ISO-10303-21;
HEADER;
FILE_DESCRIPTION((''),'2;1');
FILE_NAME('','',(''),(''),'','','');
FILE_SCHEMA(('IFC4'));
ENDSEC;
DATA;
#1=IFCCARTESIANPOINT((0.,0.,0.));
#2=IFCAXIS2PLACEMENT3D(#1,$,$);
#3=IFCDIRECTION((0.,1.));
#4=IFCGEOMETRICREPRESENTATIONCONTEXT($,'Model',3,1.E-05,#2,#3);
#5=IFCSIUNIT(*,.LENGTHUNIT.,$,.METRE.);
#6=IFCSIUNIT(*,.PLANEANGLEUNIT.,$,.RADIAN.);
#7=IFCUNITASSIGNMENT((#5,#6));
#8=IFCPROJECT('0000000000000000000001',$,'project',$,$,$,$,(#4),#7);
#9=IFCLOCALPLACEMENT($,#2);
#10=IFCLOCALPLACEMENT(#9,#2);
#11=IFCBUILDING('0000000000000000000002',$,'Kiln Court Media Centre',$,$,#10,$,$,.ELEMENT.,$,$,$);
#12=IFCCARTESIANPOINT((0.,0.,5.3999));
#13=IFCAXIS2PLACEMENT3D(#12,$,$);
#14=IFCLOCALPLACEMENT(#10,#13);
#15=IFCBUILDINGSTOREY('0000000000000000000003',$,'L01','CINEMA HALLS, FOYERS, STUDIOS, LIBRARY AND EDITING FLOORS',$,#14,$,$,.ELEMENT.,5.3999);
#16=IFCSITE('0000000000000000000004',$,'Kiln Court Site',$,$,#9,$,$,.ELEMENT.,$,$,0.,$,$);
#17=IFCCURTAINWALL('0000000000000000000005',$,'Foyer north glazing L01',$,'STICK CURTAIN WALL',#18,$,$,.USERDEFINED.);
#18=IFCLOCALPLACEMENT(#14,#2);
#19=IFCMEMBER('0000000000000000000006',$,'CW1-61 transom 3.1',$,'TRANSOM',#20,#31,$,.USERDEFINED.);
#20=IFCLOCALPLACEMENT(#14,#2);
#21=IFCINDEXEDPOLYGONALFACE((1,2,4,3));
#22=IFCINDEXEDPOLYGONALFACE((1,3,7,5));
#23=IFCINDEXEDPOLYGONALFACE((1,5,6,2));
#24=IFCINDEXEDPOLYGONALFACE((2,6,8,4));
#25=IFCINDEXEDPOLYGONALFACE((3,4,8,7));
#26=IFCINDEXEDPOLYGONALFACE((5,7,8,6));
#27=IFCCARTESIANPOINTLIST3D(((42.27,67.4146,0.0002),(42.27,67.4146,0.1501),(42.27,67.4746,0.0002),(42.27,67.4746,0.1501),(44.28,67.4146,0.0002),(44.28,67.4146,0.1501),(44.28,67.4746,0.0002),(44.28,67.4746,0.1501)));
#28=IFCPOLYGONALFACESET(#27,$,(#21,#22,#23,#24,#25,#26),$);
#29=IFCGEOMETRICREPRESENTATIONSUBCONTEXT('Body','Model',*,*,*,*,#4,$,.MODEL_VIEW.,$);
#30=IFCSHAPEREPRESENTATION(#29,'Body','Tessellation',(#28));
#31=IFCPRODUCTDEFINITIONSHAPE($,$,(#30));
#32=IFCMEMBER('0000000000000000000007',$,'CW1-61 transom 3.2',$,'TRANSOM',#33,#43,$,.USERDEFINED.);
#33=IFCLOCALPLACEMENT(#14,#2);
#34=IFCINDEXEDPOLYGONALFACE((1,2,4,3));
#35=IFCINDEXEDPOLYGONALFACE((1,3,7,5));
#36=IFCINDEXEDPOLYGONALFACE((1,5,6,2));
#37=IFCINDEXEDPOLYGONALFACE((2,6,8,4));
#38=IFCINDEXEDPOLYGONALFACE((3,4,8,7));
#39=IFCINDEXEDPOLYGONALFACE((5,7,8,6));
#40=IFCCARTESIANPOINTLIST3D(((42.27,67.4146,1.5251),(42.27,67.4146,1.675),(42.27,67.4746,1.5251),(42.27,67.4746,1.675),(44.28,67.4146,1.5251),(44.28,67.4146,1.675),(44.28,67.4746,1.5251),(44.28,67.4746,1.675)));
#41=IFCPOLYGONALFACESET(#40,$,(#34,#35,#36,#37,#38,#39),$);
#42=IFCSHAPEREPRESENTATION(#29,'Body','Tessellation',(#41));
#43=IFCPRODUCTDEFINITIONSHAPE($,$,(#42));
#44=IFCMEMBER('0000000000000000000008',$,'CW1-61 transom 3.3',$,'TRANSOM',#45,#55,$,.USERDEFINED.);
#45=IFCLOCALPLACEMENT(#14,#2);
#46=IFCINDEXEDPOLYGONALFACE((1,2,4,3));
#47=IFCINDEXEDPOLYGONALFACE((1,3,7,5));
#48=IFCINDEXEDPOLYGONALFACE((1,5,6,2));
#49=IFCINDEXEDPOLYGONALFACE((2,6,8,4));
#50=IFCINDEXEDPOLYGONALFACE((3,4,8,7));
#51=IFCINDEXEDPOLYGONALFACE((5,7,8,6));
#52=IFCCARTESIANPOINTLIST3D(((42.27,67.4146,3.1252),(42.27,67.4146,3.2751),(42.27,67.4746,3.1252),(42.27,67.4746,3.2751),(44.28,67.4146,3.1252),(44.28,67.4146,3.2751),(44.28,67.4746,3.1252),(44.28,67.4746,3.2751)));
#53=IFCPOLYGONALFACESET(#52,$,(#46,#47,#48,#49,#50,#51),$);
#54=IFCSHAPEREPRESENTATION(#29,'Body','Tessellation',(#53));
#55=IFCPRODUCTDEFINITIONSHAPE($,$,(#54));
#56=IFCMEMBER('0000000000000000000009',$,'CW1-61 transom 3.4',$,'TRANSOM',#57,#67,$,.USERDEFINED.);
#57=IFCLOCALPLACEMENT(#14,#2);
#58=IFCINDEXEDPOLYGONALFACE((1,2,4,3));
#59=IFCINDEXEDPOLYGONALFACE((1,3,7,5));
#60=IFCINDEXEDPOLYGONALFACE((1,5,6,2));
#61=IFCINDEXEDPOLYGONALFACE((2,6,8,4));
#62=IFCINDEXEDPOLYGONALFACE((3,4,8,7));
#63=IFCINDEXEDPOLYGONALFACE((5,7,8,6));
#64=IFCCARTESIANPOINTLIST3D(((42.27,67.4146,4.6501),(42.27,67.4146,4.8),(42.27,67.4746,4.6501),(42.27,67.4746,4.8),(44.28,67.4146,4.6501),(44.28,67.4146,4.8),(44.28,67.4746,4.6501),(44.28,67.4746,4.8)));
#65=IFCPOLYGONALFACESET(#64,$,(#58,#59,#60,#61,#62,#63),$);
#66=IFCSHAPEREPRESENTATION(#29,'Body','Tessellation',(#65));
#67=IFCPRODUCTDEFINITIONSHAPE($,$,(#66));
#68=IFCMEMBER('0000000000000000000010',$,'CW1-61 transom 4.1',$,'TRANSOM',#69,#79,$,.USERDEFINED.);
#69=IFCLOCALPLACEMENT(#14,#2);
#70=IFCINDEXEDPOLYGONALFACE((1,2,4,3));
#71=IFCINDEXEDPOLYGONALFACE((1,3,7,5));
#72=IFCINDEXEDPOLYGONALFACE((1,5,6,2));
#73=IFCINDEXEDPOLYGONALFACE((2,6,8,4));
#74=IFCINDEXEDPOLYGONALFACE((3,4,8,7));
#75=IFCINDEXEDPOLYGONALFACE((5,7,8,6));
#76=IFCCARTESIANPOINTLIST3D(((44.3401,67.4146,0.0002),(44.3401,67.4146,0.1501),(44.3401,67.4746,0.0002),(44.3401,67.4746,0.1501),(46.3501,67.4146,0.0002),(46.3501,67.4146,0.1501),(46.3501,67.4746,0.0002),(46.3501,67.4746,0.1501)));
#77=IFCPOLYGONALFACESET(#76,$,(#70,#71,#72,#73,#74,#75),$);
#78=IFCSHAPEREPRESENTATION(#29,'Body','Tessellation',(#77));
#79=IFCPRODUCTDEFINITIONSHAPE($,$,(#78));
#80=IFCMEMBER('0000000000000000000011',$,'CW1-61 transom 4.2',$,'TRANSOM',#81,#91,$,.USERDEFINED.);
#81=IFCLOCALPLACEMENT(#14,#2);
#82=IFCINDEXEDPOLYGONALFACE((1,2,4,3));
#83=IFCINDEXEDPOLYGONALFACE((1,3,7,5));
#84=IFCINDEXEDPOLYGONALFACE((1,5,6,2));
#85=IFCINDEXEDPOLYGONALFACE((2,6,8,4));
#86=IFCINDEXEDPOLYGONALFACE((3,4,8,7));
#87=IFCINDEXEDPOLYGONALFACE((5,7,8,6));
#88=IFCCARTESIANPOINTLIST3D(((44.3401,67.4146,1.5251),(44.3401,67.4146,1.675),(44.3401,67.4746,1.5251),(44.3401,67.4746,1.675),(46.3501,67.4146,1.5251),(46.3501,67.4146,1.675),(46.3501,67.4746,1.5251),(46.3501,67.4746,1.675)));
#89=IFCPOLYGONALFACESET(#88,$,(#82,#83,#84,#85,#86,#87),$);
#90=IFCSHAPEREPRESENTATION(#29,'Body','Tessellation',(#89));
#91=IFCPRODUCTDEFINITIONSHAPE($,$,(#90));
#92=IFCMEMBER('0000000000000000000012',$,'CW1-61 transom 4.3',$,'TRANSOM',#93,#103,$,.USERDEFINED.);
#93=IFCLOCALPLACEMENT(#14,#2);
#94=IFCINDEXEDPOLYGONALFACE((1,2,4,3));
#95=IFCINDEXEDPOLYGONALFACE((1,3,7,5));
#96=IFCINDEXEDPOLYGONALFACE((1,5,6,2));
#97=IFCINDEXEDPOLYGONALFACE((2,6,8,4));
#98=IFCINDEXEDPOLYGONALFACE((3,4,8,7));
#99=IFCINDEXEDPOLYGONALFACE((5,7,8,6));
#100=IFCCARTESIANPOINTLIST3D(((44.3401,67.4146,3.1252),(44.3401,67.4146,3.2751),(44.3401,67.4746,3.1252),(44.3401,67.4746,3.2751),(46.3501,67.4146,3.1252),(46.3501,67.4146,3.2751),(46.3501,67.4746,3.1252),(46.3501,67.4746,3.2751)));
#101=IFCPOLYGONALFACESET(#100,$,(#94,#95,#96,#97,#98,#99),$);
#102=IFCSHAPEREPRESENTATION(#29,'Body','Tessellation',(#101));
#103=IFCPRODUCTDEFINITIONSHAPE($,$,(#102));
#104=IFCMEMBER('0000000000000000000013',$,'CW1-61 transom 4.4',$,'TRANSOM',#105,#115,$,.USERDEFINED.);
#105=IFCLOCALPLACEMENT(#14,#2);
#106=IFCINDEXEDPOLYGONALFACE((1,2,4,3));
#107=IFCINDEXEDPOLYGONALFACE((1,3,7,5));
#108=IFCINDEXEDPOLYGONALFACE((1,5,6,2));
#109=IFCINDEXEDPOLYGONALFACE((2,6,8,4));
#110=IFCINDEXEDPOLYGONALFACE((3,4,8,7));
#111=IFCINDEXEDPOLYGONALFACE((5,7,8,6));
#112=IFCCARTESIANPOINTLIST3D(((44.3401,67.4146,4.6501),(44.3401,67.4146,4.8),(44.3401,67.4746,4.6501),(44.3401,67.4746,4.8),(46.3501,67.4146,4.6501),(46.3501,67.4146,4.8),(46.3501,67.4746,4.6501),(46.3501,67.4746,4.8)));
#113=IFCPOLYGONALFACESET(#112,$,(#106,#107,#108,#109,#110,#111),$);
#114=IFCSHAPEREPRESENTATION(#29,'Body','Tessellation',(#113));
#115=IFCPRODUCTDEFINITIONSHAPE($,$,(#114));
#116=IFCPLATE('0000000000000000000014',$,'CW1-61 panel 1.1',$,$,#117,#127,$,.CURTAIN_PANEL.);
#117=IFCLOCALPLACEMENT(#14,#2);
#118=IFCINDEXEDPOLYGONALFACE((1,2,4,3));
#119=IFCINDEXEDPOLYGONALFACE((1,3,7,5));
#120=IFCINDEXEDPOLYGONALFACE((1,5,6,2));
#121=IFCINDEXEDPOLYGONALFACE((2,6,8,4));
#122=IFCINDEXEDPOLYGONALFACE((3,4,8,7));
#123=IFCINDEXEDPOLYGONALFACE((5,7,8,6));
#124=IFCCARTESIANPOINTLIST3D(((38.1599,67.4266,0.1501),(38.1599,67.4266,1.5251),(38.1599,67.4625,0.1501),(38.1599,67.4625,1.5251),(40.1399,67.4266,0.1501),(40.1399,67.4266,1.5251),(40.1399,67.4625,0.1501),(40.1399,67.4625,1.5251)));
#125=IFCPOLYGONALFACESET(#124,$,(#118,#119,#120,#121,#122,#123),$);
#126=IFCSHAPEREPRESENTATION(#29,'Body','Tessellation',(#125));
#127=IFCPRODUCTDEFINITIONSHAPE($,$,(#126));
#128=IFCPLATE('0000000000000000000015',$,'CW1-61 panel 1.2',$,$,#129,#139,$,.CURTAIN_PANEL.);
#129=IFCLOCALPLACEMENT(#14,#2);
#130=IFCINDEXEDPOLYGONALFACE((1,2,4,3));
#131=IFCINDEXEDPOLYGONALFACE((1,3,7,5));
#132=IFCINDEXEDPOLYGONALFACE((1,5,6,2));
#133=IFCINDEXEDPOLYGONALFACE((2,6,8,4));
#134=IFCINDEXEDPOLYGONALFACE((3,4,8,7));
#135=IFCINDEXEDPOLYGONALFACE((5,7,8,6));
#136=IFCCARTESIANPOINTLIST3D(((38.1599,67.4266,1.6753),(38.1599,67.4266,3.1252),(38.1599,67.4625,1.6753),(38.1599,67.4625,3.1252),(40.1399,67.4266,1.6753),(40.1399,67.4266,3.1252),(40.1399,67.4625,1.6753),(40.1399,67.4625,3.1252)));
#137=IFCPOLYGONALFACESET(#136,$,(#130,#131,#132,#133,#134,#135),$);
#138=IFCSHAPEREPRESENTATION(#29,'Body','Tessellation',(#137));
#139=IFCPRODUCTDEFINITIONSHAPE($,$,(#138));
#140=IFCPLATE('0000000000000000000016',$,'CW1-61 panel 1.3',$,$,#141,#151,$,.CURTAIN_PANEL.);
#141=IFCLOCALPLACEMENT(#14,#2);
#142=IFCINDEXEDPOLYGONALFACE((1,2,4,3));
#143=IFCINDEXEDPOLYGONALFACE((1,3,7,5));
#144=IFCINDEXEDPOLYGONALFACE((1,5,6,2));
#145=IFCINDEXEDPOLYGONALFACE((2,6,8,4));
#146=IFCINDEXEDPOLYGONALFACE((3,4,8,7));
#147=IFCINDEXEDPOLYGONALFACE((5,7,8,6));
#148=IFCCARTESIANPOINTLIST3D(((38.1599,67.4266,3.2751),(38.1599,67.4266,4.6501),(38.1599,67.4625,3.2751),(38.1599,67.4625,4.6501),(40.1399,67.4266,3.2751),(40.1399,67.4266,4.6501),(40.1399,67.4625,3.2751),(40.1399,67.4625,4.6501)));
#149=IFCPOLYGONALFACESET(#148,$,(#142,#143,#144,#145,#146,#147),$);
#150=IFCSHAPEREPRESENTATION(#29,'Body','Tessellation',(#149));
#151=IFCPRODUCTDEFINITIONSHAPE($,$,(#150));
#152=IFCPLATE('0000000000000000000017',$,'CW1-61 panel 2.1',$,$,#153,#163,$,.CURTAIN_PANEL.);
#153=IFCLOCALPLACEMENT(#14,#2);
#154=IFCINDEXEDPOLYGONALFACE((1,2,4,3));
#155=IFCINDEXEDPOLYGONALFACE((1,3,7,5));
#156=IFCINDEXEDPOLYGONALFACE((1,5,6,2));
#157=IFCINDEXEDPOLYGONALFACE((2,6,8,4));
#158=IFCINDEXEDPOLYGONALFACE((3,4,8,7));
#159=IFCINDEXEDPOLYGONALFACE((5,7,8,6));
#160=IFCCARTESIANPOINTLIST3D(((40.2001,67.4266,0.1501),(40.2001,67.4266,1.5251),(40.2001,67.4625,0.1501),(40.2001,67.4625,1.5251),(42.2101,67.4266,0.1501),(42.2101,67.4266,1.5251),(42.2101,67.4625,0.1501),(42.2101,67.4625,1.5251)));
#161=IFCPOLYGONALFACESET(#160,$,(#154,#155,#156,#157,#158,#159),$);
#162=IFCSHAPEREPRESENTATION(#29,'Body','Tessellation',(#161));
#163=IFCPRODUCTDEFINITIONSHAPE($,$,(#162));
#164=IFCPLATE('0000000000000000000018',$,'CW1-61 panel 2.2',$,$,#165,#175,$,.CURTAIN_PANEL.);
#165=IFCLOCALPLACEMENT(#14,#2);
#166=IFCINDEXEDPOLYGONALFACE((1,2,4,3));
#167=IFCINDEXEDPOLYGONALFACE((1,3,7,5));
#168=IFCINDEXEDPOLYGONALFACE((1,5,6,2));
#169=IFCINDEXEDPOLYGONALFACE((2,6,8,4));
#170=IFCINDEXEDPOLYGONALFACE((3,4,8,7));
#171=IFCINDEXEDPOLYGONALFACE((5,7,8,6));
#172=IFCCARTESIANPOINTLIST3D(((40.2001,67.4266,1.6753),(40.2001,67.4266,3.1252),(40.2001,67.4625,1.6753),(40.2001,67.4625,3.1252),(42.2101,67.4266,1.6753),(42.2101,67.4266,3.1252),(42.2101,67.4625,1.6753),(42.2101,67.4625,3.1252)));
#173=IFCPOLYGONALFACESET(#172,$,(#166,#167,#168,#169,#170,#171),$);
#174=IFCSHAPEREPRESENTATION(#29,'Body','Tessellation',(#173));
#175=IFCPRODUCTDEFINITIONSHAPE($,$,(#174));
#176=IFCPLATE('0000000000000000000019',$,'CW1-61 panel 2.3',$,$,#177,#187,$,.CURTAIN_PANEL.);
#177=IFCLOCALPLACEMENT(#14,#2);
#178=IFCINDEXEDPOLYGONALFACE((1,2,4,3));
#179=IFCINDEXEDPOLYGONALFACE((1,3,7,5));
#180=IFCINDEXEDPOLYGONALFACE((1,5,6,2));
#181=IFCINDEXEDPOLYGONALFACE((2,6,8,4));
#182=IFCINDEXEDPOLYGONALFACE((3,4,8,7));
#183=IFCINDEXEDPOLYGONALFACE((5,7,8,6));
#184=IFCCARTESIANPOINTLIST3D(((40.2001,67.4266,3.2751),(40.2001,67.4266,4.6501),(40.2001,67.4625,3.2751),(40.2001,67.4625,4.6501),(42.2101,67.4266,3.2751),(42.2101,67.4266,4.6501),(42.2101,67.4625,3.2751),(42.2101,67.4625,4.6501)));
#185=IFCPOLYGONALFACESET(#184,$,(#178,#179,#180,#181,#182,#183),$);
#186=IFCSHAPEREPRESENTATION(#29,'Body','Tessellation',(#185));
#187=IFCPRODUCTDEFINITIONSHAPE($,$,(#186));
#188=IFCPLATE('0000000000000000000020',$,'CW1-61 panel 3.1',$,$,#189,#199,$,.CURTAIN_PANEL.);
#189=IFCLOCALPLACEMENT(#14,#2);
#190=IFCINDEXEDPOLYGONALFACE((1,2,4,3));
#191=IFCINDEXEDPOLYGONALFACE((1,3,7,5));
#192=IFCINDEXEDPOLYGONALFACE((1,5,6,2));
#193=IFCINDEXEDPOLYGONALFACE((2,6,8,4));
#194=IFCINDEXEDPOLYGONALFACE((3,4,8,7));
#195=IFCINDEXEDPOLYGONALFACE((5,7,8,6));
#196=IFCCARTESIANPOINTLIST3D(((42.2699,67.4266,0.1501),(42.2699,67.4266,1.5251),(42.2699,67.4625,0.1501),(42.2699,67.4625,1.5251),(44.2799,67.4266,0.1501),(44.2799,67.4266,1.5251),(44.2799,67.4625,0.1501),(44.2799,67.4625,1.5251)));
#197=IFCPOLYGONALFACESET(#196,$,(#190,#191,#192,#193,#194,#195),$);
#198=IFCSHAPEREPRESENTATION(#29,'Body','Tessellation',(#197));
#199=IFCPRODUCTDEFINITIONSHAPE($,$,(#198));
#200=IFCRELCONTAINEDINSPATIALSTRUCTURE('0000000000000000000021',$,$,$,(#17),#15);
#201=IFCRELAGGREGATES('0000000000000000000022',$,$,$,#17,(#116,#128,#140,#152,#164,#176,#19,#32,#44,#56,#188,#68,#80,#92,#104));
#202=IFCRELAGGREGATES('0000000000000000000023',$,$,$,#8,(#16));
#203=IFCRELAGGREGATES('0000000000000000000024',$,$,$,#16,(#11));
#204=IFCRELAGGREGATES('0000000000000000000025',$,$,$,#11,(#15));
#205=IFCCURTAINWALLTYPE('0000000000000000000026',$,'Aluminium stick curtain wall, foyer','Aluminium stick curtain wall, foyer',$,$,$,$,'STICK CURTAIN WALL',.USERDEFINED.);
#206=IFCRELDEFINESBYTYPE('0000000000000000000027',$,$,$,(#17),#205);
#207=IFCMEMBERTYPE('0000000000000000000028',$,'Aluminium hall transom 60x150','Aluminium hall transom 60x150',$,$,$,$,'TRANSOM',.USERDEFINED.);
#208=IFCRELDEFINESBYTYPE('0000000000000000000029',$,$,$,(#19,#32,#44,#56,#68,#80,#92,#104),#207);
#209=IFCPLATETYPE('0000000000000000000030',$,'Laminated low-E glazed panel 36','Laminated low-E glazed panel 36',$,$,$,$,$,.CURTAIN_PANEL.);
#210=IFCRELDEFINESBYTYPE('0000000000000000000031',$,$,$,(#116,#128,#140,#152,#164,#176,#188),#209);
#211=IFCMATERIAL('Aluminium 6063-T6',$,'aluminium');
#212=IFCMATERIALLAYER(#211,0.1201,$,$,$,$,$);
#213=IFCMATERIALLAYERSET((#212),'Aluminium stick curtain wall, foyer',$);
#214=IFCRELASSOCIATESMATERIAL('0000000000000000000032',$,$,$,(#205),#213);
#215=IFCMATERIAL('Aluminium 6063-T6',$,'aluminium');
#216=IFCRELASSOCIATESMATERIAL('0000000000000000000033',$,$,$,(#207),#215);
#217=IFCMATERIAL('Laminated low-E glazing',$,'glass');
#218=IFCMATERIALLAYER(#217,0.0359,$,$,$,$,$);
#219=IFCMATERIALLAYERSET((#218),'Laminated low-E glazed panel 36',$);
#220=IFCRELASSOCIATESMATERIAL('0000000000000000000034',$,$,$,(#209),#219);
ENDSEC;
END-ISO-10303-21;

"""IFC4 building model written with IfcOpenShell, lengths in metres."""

from ifc_helpers import new_model, si_unit, direction, frame, origin, origin_2d, place, context, subcontext, project, spatial, rectangle, extrude, material, layer, layer_set, material_profile, profile_set, type_object, element, aggregate, save


model = new_model("IFC4")

# Units and contexts
model_context = context("Model", 3, precision=1e-05, world=origin(), true_north=direction((0.0, 1.0)))
body_context = subcontext(model_context, "Body", "Model", "MODEL_VIEW")
ifc_project = project(units=[si_unit("LENGTHUNIT", "METRE"), si_unit("PLANEANGLEUNIT", "RADIAN")], contexts=[model_context])

# Site, building, storey
site_placement = place(None, origin())
site = spatial("IfcSite", under=ifc_project, at=site_placement, Name="Kiln Court Site", CompositionType="ELEMENT", RefElevation=0.0)
building_placement = place(site_placement, origin())
building = spatial("IfcBuilding", under=site, at=building_placement, Name="Kiln Court Media Centre", CompositionType="ELEMENT")
storey_placement = place(building_placement, frame((0.0, 0.0, 5.3999)))
storey = spatial("IfcBuildingStorey", under=building, at=storey_placement, Name="L01", Description="CINEMA HALLS, FOYERS, STUDIOS, LIBRARY AND EDITING FLOORS", CompositionType="ELEMENT", Elevation=5.3999)

# Shared definitions
ifc_material_1 = material(Name="Aluminium 6063-T6", Category="aluminium")
ifc_layer_1 = layer(ifc_material_1, 0.1201)
ifc_layer_set_1 = layer_set([ifc_layer_1], Name="Aluminium stick curtain wall, foyer")
curtain_wall_type = type_object("IfcCurtainWallType", Name="Aluminium stick curtain wall, foyer", Description="Aluminium stick curtain wall, foyer", ElementType="STICK CURTAIN WALL", PredefinedType="USERDEFINED", material=ifc_layer_set_1)

# Curtain wall, members, plates
curtain_wall_1_placement = place(storey_placement, origin())
curtain_wall_1 = element("IfcCurtainWall", 1, at=curtain_wall_1_placement, inside=storey, type_object=curtain_wall_type, Name="Foyer north glazing L01", ObjectType="STICK CURTAIN WALL", PredefinedType="USERDEFINED")
ifc_material_2 = material(Name="Aluminium 6063-T6", Category="aluminium")
ifc_material_profile_1 = material_profile(ifc_material_2, rectangle(XDim=0.0601, YDim=0.1499, at=origin_2d()), Name="Aluminium hall transom 60x150")
ifc_profile_set_1 = profile_set([ifc_material_profile_1], Name="Aluminium 6063-T6")
member_type_1 = type_object("IfcMemberType", Name="Aluminium hall transom 60x150", Description="Aluminium hall transom 60x150", ElementType="TRANSOM", PredefinedType="USERDEFINED", material=ifc_profile_set_1)
member_1_placement = place(storey_placement, frame((42.27, 67.4446, 0.0752), z_axis=(1.0, 0.0, 0.0), x_axis=(0.0, 1.0, 0.0)))
member_1 = element("IfcMember", 2, at=member_1_placement, type_object=member_type_1, Name="CW1-61 transom 3.1", ObjectType="TRANSOM", PredefinedType="USERDEFINED", context=body_context, shape_type="SweptSolid", body=[
    extrude(rectangle(XDim=0.0601, YDim=0.1499, at=origin_2d()), origin(), (0.0, 0.0, 1.0), 2.01),
])
member_2_placement = place(storey_placement, frame((42.27, 67.4446, 1.6001), z_axis=(1.0, 0.0, 0.0), x_axis=(0.0, 1.0, 0.0)))
member_2 = element("IfcMember", 3, at=member_2_placement, type_object=member_type_1, Name="CW1-61 transom 3.2", ObjectType="TRANSOM", PredefinedType="USERDEFINED", context=body_context, shape_type="SweptSolid", body=[
    extrude(rectangle(XDim=0.0601, YDim=0.1499, at=origin_2d()), origin(), (0.0, 0.0, 1.0), 2.01),
])
member_3_placement = place(storey_placement, frame((42.27, 67.4446, 3.2002), z_axis=(1.0, 0.0, 0.0), x_axis=(0.0, 1.0, 0.0)))
member_3 = element("IfcMember", 4, at=member_3_placement, type_object=member_type_1, Name="CW1-61 transom 3.3", ObjectType="TRANSOM", PredefinedType="USERDEFINED", context=body_context, shape_type="SweptSolid", body=[
    extrude(rectangle(XDim=0.0601, YDim=0.1499, at=origin_2d()), origin(), (0.0, 0.0, 1.0), 2.01),
])
member_4_placement = place(storey_placement, frame((42.27, 67.4446, 4.7251), z_axis=(1.0, 0.0, 0.0), x_axis=(0.0, 1.0, 0.0)))
member_4 = element("IfcMember", 5, at=member_4_placement, type_object=member_type_1, Name="CW1-61 transom 3.4", ObjectType="TRANSOM", PredefinedType="USERDEFINED", context=body_context, shape_type="SweptSolid", body=[
    extrude(rectangle(XDim=0.0601, YDim=0.1499, at=origin_2d()), origin(), (0.0, 0.0, 1.0), 2.01),
])
member_5_placement = place(storey_placement, frame((44.3401, 67.4446, 0.0752), z_axis=(1.0, 0.0, 0.0), x_axis=(0.0, 1.0, 0.0)))
member_5 = element("IfcMember", 6, at=member_5_placement, type_object=member_type_1, Name="CW1-61 transom 4.1", ObjectType="TRANSOM", PredefinedType="USERDEFINED", context=body_context, shape_type="SweptSolid", body=[
    extrude(rectangle(XDim=0.0601, YDim=0.1499, at=origin_2d()), origin(), (0.0, 0.0, 1.0), 2.01),
])
member_6_placement = place(storey_placement, frame((44.3401, 67.4446, 1.6001), z_axis=(1.0, 0.0, 0.0), x_axis=(0.0, 1.0, 0.0)))
member_6 = element("IfcMember", 7, at=member_6_placement, type_object=member_type_1, Name="CW1-61 transom 4.2", ObjectType="TRANSOM", PredefinedType="USERDEFINED", context=body_context, shape_type="SweptSolid", body=[
    extrude(rectangle(XDim=0.0601, YDim=0.1499, at=origin_2d()), origin(), (0.0, 0.0, 1.0), 2.01),
])
member_7_placement = place(storey_placement, frame((44.3401, 67.4446, 3.2002), z_axis=(1.0, 0.0, 0.0), x_axis=(0.0, 1.0, 0.0)))
member_7 = element("IfcMember", 8, at=member_7_placement, type_object=member_type_1, Name="CW1-61 transom 4.3", ObjectType="TRANSOM", PredefinedType="USERDEFINED", context=body_context, shape_type="SweptSolid", body=[
    extrude(rectangle(XDim=0.0601, YDim=0.1499, at=origin_2d()), origin(), (0.0, 0.0, 1.0), 2.01),
])
member_8_placement = place(storey_placement, frame((44.3401, 67.4446, 4.7251), z_axis=(1.0, 0.0, 0.0), x_axis=(0.0, 1.0, 0.0)))
member_8 = element("IfcMember", 9, at=member_8_placement, type_object=member_type_1, Name="CW1-61 transom 4.4", ObjectType="TRANSOM", PredefinedType="USERDEFINED", context=body_context, shape_type="SweptSolid", body=[
    extrude(rectangle(XDim=0.0601, YDim=0.1499, at=origin_2d()), origin(), (0.0, 0.0, 1.0), 2.01),
])
ifc_material_3 = material(Name="Laminated low-E glazing", Category="glass")
ifc_layer_2 = layer(ifc_material_3, 0.0359)
ifc_layer_set_2 = layer_set([ifc_layer_2], Name="Laminated low-E glazed panel 36")
plate_type = type_object("IfcPlateType", Name="Laminated low-E glazed panel 36", Description="Laminated low-E glazed panel 36", PredefinedType="CURTAIN_PANEL", material=ifc_layer_set_2)
plate_1_placement = place(storey_placement, frame((39.1499, 67.4446, 0.1501), z_axis=(0.0, 0.0, 1.0), x_axis=(1.0, 0.0, 0.0)))
plate_1 = element("IfcPlate", 10, at=plate_1_placement, type_object=plate_type, Name="CW1-61 panel 1.1", PredefinedType="CURTAIN_PANEL", context=body_context, shape_type="SweptSolid", body=[
    extrude(rectangle(XDim=1.98, YDim=0.0359, at=origin_2d()), origin(), (0.0, 0.0, 1.0), 1.375),
])
plate_2_placement = place(storey_placement, frame((39.1499, 67.4446, 1.6753), z_axis=(0.0, 0.0, 1.0), x_axis=(1.0, 0.0, 0.0)))
plate_2 = element("IfcPlate", 11, at=plate_2_placement, type_object=plate_type, Name="CW1-61 panel 1.2", PredefinedType="CURTAIN_PANEL", context=body_context, shape_type="SweptSolid", body=[
    extrude(rectangle(XDim=1.98, YDim=0.0359, at=origin_2d()), origin(), (0.0, 0.0, 1.0), 1.45),
])
plate_3_placement = place(storey_placement, frame((39.1499, 67.4446, 3.2751), z_axis=(0.0, 0.0, 1.0), x_axis=(1.0, 0.0, 0.0)))
plate_3 = element("IfcPlate", 12, at=plate_3_placement, type_object=plate_type, Name="CW1-61 panel 1.3", PredefinedType="CURTAIN_PANEL", context=body_context, shape_type="SweptSolid", body=[
    extrude(rectangle(XDim=1.98, YDim=0.0359, at=origin_2d()), origin(), (0.0, 0.0, 1.0), 1.375),
])
plate_4_placement = place(storey_placement, frame((41.2051, 67.4446, 0.1501), z_axis=(0.0, 0.0, 1.0), x_axis=(1.0, 0.0, 0.0)))
plate_4 = element("IfcPlate", 13, at=plate_4_placement, type_object=plate_type, Name="CW1-61 panel 2.1", PredefinedType="CURTAIN_PANEL", context=body_context, shape_type="SweptSolid", body=[
    extrude(rectangle(XDim=2.01, YDim=0.0359, at=origin_2d()), origin(), (0.0, 0.0, 1.0), 1.375),
])
plate_5_placement = place(storey_placement, frame((41.2051, 67.4446, 1.6753), z_axis=(0.0, 0.0, 1.0), x_axis=(1.0, 0.0, 0.0)))
plate_5 = element("IfcPlate", 14, at=plate_5_placement, type_object=plate_type, Name="CW1-61 panel 2.2", PredefinedType="CURTAIN_PANEL", context=body_context, shape_type="SweptSolid", body=[
    extrude(rectangle(XDim=2.01, YDim=0.0359, at=origin_2d()), origin(), (0.0, 0.0, 1.0), 1.45),
])
plate_6_placement = place(storey_placement, frame((41.2051, 67.4446, 3.2751), z_axis=(0.0, 0.0, 1.0), x_axis=(1.0, 0.0, 0.0)))
plate_6 = element("IfcPlate", 15, at=plate_6_placement, type_object=plate_type, Name="CW1-61 panel 2.3", PredefinedType="CURTAIN_PANEL", context=body_context, shape_type="SweptSolid", body=[
    extrude(rectangle(XDim=2.01, YDim=0.0359, at=origin_2d()), origin(), (0.0, 0.0, 1.0), 1.375),
])
plate_7_placement = place(storey_placement, frame((43.2749, 67.4446, 0.1501), z_axis=(0.0, 0.0, 1.0), x_axis=(1.0, 0.0, 0.0)))
plate_7 = element("IfcPlate", 16, at=plate_7_placement, type_object=plate_type, Name="CW1-61 panel 3.1", PredefinedType="CURTAIN_PANEL", context=body_context, shape_type="SweptSolid", body=[
    extrude(rectangle(XDim=2.01, YDim=0.0359, at=origin_2d()), origin(), (0.0, 0.0, 1.0), 1.375),
])
aggregate(curtain_wall_1, [plate_1, plate_2, plate_3, plate_4, plate_5, plate_6, member_1, member_2, member_3, member_4, plate_7, member_5, member_6, member_7, member_8])

save(model, "model.ifc")
